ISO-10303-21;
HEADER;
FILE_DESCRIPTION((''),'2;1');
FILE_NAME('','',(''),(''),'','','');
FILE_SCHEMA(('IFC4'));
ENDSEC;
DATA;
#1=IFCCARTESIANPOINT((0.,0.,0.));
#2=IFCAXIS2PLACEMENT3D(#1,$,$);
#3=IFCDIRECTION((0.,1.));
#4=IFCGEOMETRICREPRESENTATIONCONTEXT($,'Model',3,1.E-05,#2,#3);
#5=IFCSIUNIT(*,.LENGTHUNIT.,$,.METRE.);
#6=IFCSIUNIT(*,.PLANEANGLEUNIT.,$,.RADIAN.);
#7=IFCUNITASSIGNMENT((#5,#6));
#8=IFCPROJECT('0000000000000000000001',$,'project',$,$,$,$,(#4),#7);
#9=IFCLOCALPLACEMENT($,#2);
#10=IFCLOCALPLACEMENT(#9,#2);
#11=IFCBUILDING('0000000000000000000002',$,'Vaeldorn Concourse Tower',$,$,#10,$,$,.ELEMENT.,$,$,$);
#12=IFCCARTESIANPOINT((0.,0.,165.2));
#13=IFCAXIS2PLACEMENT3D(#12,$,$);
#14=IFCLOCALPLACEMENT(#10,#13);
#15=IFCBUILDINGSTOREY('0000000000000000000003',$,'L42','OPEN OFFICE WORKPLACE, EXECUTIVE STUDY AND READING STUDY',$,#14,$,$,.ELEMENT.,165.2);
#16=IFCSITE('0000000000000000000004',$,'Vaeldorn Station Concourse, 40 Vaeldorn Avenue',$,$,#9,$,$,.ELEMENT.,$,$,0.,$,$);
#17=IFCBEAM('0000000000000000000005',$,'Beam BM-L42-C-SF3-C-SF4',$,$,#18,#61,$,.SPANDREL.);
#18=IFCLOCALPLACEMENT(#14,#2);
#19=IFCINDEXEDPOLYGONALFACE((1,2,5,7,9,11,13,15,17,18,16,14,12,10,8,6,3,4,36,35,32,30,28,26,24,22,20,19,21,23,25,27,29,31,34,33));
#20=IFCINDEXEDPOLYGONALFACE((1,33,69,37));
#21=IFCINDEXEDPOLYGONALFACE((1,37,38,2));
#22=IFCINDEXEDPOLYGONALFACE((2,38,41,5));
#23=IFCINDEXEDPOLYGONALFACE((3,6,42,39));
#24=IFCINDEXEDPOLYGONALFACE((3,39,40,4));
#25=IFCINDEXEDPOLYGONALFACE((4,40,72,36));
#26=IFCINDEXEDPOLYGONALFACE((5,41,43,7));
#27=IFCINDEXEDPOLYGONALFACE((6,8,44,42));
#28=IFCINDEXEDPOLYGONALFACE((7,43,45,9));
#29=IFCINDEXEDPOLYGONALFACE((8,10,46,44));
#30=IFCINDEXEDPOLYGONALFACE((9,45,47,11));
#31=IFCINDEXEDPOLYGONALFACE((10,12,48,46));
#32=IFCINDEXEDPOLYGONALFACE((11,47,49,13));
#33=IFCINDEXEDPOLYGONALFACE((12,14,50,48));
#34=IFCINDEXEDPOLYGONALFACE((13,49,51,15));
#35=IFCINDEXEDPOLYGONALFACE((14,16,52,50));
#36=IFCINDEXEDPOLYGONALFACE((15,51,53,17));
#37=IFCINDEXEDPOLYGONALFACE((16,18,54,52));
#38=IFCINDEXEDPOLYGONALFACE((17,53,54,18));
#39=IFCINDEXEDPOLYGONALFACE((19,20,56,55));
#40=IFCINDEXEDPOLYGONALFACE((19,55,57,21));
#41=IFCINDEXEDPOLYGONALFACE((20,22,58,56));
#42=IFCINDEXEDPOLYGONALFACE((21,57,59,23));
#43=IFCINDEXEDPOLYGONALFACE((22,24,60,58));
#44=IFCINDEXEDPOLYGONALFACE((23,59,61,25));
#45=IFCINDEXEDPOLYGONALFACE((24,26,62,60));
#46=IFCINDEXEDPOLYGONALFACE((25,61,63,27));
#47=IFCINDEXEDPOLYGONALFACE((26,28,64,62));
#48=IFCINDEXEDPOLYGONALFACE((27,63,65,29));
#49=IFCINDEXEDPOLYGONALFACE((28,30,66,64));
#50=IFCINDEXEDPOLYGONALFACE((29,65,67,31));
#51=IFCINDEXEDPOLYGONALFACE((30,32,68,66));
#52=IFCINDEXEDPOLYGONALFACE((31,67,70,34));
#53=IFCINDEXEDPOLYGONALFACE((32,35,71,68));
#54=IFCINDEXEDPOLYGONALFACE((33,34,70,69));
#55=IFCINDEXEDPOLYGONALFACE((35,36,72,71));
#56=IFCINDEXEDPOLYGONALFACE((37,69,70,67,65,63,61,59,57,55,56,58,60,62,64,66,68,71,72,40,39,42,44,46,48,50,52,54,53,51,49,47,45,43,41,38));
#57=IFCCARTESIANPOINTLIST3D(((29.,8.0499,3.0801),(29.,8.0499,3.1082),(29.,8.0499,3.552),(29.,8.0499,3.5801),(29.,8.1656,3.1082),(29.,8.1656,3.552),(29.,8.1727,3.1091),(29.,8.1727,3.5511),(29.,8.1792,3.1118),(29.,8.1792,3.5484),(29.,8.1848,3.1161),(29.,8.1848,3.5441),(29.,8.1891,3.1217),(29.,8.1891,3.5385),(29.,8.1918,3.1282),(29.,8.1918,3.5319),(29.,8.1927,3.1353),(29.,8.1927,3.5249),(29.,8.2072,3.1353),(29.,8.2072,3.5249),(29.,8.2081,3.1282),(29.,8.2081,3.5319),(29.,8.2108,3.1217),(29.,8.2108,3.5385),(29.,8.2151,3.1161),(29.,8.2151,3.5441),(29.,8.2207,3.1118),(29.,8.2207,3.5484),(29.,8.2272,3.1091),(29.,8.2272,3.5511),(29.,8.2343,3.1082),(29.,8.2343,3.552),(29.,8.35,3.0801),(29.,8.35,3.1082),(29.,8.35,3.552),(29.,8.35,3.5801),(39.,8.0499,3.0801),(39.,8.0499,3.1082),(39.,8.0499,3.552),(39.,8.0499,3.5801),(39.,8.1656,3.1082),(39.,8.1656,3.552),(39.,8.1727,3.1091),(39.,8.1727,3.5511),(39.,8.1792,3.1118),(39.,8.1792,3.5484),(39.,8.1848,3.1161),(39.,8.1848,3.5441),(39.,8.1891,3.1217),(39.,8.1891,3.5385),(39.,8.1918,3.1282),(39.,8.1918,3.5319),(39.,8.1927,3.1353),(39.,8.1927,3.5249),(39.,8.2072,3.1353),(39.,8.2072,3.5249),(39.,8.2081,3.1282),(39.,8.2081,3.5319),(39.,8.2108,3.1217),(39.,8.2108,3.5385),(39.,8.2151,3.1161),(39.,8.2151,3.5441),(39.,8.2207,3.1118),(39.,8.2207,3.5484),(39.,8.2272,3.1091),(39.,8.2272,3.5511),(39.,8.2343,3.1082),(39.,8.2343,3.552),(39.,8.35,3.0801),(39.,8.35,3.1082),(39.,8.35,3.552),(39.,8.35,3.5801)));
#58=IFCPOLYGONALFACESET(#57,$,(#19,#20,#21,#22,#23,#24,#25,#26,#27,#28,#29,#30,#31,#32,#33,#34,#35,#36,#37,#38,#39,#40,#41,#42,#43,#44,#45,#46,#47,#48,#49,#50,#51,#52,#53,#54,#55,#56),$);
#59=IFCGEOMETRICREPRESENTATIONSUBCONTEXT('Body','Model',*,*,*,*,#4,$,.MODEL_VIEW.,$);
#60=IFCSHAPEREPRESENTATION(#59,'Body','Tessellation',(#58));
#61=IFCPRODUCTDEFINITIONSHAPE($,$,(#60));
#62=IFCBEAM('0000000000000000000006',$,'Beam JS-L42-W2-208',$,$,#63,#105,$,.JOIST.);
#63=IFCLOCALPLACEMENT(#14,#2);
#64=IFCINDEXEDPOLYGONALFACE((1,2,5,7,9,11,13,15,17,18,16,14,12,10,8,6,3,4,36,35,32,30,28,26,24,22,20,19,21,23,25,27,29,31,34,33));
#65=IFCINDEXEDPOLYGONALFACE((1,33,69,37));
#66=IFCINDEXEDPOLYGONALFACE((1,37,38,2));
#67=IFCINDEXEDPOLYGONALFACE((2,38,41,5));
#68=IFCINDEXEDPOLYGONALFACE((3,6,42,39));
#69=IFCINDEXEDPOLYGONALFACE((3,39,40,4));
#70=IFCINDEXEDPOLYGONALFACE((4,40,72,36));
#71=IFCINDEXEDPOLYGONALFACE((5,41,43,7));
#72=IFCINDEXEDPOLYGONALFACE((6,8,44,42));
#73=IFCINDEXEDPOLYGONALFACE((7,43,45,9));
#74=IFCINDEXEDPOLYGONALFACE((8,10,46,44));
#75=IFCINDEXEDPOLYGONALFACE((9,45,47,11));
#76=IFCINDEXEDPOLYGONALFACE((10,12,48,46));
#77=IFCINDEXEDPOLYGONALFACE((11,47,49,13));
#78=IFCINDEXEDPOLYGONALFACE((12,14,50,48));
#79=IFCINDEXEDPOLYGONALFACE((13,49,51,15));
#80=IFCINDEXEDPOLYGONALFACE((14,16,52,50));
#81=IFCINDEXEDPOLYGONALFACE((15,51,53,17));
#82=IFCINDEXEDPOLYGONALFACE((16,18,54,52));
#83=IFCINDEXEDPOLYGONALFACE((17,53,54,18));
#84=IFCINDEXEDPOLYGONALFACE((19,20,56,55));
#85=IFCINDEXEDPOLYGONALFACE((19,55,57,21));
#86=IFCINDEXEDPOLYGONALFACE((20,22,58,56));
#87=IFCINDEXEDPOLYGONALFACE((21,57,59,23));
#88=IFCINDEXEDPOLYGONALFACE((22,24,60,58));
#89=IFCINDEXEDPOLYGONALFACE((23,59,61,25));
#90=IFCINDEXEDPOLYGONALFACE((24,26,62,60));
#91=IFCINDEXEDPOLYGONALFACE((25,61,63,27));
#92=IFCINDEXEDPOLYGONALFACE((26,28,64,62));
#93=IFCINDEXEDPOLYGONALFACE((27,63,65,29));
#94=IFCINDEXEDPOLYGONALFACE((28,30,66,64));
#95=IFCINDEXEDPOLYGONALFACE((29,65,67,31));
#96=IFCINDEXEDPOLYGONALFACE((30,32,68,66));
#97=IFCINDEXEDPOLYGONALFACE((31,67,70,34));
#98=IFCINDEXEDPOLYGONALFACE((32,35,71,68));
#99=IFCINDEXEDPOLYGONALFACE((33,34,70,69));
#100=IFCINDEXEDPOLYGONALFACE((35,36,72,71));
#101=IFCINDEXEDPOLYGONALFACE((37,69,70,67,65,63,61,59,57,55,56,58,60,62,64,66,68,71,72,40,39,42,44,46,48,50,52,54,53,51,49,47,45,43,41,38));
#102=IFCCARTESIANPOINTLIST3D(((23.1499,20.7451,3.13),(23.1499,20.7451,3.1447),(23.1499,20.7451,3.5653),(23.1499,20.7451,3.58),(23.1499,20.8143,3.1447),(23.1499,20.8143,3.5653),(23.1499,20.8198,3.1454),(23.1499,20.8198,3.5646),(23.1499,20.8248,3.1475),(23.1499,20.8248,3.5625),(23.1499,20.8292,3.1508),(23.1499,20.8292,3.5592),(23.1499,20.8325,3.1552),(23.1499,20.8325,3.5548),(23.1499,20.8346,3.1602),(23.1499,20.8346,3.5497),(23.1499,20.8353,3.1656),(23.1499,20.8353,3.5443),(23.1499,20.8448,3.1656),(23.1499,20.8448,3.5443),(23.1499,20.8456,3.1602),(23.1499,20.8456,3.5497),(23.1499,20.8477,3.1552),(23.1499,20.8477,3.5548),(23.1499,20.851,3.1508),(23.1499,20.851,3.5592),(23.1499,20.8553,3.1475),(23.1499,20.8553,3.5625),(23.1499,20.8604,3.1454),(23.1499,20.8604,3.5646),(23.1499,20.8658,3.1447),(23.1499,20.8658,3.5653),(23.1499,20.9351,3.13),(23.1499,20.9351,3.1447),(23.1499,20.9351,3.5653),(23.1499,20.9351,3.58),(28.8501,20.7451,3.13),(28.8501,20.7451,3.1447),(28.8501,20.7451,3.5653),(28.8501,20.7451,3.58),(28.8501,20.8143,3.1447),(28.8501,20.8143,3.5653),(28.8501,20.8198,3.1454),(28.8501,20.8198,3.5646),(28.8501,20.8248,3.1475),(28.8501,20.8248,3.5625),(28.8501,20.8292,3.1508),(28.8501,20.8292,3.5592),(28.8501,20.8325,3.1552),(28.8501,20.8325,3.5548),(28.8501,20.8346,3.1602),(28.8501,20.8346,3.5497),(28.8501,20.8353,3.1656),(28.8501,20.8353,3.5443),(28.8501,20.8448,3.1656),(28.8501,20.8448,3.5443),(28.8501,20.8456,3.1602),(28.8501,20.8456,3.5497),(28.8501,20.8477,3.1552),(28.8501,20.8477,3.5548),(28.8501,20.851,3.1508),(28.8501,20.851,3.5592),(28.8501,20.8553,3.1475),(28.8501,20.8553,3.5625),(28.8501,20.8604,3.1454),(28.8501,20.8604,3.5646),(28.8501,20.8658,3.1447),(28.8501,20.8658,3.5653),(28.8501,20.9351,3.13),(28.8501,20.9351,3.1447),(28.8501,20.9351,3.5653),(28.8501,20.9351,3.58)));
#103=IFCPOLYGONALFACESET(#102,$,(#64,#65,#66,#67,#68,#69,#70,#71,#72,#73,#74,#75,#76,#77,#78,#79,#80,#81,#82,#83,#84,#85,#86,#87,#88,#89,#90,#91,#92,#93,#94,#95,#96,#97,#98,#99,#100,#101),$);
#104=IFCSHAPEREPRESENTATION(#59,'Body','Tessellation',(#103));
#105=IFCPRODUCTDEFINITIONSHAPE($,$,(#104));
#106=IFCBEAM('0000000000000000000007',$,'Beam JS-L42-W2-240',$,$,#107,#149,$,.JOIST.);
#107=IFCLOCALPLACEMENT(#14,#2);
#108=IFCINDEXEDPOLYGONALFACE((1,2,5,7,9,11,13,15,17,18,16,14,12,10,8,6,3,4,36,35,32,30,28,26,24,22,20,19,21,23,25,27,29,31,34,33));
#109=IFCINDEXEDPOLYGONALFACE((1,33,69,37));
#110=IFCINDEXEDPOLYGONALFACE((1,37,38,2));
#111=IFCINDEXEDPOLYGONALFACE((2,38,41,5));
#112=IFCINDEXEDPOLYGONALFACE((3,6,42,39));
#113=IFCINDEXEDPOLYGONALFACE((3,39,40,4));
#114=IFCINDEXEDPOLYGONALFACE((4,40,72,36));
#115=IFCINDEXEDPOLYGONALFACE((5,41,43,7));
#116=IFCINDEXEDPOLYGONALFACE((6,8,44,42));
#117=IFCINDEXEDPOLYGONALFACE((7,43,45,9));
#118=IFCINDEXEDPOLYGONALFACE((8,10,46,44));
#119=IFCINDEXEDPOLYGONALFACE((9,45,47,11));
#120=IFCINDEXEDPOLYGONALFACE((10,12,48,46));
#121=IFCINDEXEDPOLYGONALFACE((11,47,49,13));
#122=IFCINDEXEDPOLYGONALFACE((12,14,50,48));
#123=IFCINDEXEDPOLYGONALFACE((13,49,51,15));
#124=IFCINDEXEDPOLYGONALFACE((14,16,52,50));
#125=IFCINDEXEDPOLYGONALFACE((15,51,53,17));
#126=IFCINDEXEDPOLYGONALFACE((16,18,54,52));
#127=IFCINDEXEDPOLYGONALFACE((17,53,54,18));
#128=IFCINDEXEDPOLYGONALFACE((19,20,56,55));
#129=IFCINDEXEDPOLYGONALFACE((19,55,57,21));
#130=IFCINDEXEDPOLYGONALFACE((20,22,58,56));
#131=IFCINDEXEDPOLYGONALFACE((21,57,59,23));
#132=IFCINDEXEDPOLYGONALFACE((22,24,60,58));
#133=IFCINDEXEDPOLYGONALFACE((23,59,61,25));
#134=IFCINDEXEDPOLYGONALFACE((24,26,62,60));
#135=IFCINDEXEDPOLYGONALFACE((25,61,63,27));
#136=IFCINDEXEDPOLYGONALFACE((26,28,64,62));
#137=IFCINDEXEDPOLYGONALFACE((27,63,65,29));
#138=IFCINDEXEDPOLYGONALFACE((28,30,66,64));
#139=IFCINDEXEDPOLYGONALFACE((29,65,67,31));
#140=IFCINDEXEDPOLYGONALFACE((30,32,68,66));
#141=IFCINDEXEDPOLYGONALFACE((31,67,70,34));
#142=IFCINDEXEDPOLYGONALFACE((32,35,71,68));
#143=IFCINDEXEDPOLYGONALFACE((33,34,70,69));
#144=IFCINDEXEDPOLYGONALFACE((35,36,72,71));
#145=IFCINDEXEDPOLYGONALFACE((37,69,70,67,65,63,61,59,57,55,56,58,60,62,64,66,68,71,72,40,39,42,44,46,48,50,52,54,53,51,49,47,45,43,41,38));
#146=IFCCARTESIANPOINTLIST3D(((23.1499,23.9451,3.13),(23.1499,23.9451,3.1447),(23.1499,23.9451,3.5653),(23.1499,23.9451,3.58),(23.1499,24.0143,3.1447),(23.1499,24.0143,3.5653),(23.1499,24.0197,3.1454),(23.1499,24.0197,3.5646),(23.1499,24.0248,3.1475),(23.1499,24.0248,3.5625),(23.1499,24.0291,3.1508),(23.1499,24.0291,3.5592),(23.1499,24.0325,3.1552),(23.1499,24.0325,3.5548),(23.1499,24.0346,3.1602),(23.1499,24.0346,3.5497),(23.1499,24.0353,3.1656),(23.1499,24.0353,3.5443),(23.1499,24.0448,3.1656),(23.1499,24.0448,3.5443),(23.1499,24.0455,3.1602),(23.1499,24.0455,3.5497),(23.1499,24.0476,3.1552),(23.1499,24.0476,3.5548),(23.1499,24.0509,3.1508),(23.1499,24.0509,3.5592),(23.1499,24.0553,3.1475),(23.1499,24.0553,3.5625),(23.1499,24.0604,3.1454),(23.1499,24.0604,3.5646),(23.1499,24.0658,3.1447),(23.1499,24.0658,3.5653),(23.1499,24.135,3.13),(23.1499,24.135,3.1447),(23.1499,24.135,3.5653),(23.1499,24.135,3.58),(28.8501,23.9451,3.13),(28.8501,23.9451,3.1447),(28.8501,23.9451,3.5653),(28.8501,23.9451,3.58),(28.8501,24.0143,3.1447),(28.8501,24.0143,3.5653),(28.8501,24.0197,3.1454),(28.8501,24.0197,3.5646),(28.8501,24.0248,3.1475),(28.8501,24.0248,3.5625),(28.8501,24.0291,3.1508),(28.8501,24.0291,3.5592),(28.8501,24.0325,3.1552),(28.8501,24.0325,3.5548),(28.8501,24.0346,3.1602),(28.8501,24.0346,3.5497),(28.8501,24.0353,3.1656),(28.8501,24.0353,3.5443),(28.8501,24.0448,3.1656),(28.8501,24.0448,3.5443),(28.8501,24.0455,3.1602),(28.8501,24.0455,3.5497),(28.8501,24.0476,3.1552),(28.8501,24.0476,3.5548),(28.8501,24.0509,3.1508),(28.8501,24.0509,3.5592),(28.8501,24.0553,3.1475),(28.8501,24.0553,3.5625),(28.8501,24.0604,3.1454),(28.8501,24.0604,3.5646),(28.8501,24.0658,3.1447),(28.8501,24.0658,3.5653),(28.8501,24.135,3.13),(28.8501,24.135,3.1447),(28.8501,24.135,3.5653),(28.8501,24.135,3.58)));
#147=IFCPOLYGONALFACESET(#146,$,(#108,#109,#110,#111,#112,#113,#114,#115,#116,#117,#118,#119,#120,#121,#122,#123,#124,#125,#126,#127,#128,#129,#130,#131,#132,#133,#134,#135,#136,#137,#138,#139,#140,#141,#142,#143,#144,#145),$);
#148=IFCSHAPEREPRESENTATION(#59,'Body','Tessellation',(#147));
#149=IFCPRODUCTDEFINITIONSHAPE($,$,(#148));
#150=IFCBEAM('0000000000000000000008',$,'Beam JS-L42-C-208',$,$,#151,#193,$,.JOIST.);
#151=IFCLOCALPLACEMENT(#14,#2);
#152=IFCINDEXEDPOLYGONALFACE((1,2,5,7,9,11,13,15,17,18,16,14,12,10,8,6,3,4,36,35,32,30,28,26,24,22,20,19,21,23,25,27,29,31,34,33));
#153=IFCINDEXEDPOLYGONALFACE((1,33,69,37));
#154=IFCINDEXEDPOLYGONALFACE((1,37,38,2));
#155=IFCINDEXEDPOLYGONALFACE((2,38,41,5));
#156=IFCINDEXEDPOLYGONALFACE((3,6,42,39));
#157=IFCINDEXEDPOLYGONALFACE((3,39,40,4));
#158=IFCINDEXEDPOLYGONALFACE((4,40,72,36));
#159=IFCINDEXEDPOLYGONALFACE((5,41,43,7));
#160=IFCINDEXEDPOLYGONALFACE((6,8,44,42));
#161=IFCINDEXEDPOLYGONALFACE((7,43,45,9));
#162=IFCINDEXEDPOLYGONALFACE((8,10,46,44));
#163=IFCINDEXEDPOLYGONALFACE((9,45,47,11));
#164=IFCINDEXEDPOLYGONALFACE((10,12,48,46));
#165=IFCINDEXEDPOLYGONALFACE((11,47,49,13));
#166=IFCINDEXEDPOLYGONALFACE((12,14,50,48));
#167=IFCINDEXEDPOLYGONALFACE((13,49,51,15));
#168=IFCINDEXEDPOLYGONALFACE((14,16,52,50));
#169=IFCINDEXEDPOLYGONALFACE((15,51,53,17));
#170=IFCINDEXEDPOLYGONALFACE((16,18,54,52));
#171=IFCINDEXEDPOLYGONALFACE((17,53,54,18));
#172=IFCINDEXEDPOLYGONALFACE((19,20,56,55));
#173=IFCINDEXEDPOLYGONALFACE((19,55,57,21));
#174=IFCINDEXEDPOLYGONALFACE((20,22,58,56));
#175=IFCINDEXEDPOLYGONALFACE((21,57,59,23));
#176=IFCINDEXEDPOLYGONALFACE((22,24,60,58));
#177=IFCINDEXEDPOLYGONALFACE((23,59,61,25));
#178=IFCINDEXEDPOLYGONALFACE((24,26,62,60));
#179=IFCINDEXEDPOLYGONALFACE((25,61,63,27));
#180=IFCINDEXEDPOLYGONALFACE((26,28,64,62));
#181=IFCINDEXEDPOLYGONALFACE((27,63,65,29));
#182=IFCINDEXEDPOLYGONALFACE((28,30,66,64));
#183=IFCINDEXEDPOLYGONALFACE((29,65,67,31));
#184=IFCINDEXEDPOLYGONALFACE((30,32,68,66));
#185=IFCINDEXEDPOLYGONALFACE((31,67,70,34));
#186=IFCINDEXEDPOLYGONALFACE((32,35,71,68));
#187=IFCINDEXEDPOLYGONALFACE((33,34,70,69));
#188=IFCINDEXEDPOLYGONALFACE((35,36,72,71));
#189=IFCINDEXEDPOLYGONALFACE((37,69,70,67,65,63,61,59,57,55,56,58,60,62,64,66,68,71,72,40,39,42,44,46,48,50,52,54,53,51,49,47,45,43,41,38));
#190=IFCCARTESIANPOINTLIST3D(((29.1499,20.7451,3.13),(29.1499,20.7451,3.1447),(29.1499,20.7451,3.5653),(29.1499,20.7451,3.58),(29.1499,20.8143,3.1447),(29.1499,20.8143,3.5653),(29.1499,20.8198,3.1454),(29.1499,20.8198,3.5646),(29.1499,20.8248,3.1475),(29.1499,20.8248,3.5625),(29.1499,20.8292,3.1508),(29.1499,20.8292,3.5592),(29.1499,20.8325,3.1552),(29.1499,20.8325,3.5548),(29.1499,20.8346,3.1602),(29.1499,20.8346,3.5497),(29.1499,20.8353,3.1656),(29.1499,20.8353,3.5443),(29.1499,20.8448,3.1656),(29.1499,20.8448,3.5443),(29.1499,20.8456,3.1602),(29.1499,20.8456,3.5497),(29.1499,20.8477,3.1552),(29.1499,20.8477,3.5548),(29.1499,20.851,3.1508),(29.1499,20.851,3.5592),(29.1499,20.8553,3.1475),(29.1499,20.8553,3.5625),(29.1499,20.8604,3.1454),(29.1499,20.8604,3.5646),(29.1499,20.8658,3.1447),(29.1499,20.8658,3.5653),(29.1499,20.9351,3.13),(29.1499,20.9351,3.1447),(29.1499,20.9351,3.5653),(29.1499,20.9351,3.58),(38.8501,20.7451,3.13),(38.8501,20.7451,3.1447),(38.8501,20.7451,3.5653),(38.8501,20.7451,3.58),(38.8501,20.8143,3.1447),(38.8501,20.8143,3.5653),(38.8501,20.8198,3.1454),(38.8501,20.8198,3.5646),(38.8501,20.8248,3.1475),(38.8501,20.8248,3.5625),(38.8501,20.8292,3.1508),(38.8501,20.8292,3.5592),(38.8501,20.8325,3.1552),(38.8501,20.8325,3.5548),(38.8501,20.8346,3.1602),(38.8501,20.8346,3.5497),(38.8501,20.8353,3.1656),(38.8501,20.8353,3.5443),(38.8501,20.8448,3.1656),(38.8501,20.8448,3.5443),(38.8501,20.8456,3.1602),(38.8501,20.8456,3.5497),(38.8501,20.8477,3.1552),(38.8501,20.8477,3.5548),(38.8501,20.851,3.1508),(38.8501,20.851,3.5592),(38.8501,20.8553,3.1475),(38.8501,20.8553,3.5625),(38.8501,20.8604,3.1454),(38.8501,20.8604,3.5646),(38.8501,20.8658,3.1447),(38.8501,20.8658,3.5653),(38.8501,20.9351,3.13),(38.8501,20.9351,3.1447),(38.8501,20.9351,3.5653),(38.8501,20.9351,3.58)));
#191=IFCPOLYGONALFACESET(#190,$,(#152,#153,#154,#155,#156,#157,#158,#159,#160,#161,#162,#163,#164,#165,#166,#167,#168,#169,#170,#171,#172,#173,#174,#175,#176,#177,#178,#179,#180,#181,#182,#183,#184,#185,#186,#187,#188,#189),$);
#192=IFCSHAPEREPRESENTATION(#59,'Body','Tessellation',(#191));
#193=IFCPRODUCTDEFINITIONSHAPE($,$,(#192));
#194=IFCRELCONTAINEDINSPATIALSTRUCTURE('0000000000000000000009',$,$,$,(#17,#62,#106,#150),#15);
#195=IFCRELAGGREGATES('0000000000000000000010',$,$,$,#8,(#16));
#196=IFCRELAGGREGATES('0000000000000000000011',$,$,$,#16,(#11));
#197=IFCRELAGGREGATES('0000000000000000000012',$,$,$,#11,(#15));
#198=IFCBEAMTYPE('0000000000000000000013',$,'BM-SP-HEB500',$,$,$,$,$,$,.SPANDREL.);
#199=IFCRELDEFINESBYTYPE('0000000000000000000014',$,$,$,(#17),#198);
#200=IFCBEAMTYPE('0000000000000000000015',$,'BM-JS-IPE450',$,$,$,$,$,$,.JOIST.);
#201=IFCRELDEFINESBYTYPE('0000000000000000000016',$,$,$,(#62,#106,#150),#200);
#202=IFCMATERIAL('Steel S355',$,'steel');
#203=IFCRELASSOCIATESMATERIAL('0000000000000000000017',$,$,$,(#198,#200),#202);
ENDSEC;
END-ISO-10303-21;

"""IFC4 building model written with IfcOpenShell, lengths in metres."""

from ifc_helpers import new_model, si_unit, direction, frame, origin, origin_2d, place, context, subcontext, project, spatial, i_section, extrude, source, transform, mapped, material, material_profile, profile_set, type_object, element, save


model = new_model("IFC4")

# Units and contexts
model_context = context("Model", 3, precision=1e-05, world=origin(), true_north=direction((0.0, 1.0)))
body_context = subcontext(model_context, "Body", "Model", "MODEL_VIEW")
ifc_project = project(units=[si_unit("LENGTHUNIT", "METRE"), si_unit("PLANEANGLEUNIT", "RADIAN")], contexts=[model_context])

# Site, building, storey
site_placement = place(None, origin())
site = spatial("IfcSite", under=ifc_project, at=site_placement, Name="Vaeldorn Station Concourse, 40 Vaeldorn Avenue", CompositionType="ELEMENT", RefElevation=0.0)
building_placement = place(site_placement, origin())
building = spatial("IfcBuilding", under=site, at=building_placement, Name="Vaeldorn Concourse Tower", CompositionType="ELEMENT")
storey_placement = place(building_placement, frame((0.0, 0.0, 165.2)))
storey = spatial("IfcBuildingStorey", under=building, at=storey_placement, Name="L42", Description="OPEN OFFICE WORKPLACE, EXECUTIVE STUDY AND READING STUDY", CompositionType="ELEMENT", Elevation=165.2)

# Beams
ifc_material_1 = material(Name="Steel S355", Category="steel")
ifc_material_profile_1 = material_profile(ifc_material_1, i_section(OverallWidth=0.3, OverallDepth=0.5, WebThickness=0.0144, FlangeThickness=0.0281, FilletRadius=0.0271, at=origin_2d()), Name="HEB 500")
ifc_profile_set_1 = profile_set([ifc_material_profile_1], Name="Steel S355")
beam_type_1 = type_object("IfcBeamType", Name="BM-SP-HEB500", PredefinedType="SPANDREL", material=ifc_profile_set_1)
shared_shape_1 = source(origin(), body_context, "Body", "SweptSolid", [
    extrude(i_section(OverallWidth=0.3, OverallDepth=0.5, WebThickness=0.0144, FlangeThickness=0.0281, FilletRadius=0.0271, at=origin_2d()), origin(), (0.0, 0.0, 1.0), 10.0),
])
beam_1_placement = place(storey_placement, frame((29.0, 8.2, 3.3301), z_axis=(1.0, 0.0, 0.0), x_axis=(0.0, 1.0, 0.0)))
element("IfcBeam", 1, at=beam_1_placement, inside=storey, type_object=beam_type_1, Name="Beam BM-L42-C-SF3-C-SF4", PredefinedType="SPANDREL", context=body_context, shape_type="MappedRepresentation", body=[
    mapped(shared_shape_1, transform((0.0, 0.0, 0.0), scale=1.0)),
])
ifc_material_profile_2 = material_profile(ifc_material_1, i_section(OverallWidth=0.1899, OverallDepth=0.45, WebThickness=0.0095, FlangeThickness=0.0146, FilletRadius=0.021, at=origin_2d()), Name="IPE 450")
ifc_profile_set_2 = profile_set([ifc_material_profile_2], Name="Steel S355")
beam_type_2 = type_object("IfcBeamType", Name="BM-JS-IPE450", PredefinedType="JOIST", material=ifc_profile_set_2)
shared_shape_2 = source(origin(), body_context, "Body", "SweptSolid", [
    extrude(i_section(OverallWidth=0.1899, OverallDepth=0.45, WebThickness=0.0095, FlangeThickness=0.0146, FilletRadius=0.021, at=origin_2d()), origin(), (0.0, 0.0, 1.0), 5.7002),
])
for number, where, z_axis, x_axis, name in (
    (2, (23.1499, 20.8401, 3.355), (1.0, 0.0, 0.0), (0.0, 1.0, 0.0), "Beam JS-L42-W2-208"),
    (3, (23.1499, 24.04, 3.355), (1.0, 0.0, 0.0), (0.0, 1.0, 0.0), "Beam JS-L42-W2-240"),
):
    element("IfcBeam", number, at=place(storey_placement, frame(where, z_axis=z_axis, x_axis=x_axis)), inside=storey, type_object=beam_type_2, Name=name, PredefinedType="JOIST", context=body_context, shape_type="MappedRepresentation", body=[
        mapped(shared_shape_2, transform((0.0, 0.0, 0.0), scale=1.0)),
    ])
shared_shape_3 = source(origin(), body_context, "Body", "SweptSolid", [
    extrude(i_section(OverallWidth=0.1899, OverallDepth=0.45, WebThickness=0.0095, FlangeThickness=0.0146, FilletRadius=0.021, at=origin_2d()), origin(), (0.0, 0.0, 1.0), 9.7002),
])
for number, where, z_axis, x_axis, name in (
    (4, (29.1499, 20.8401, 3.355), (1.0, 0.0, 0.0), (0.0, 1.0, 0.0), "Beam JS-L42-C-208"),
):
    element("IfcBeam", number, at=place(storey_placement, frame(where, z_axis=z_axis, x_axis=x_axis)), inside=storey, type_object=beam_type_2, Name=name, PredefinedType="JOIST", context=body_context, shape_type="MappedRepresentation", body=[
        mapped(shared_shape_3, transform((0.0, 0.0, 0.0), scale=1.0)),
    ])

save(model, "model.ifc")
